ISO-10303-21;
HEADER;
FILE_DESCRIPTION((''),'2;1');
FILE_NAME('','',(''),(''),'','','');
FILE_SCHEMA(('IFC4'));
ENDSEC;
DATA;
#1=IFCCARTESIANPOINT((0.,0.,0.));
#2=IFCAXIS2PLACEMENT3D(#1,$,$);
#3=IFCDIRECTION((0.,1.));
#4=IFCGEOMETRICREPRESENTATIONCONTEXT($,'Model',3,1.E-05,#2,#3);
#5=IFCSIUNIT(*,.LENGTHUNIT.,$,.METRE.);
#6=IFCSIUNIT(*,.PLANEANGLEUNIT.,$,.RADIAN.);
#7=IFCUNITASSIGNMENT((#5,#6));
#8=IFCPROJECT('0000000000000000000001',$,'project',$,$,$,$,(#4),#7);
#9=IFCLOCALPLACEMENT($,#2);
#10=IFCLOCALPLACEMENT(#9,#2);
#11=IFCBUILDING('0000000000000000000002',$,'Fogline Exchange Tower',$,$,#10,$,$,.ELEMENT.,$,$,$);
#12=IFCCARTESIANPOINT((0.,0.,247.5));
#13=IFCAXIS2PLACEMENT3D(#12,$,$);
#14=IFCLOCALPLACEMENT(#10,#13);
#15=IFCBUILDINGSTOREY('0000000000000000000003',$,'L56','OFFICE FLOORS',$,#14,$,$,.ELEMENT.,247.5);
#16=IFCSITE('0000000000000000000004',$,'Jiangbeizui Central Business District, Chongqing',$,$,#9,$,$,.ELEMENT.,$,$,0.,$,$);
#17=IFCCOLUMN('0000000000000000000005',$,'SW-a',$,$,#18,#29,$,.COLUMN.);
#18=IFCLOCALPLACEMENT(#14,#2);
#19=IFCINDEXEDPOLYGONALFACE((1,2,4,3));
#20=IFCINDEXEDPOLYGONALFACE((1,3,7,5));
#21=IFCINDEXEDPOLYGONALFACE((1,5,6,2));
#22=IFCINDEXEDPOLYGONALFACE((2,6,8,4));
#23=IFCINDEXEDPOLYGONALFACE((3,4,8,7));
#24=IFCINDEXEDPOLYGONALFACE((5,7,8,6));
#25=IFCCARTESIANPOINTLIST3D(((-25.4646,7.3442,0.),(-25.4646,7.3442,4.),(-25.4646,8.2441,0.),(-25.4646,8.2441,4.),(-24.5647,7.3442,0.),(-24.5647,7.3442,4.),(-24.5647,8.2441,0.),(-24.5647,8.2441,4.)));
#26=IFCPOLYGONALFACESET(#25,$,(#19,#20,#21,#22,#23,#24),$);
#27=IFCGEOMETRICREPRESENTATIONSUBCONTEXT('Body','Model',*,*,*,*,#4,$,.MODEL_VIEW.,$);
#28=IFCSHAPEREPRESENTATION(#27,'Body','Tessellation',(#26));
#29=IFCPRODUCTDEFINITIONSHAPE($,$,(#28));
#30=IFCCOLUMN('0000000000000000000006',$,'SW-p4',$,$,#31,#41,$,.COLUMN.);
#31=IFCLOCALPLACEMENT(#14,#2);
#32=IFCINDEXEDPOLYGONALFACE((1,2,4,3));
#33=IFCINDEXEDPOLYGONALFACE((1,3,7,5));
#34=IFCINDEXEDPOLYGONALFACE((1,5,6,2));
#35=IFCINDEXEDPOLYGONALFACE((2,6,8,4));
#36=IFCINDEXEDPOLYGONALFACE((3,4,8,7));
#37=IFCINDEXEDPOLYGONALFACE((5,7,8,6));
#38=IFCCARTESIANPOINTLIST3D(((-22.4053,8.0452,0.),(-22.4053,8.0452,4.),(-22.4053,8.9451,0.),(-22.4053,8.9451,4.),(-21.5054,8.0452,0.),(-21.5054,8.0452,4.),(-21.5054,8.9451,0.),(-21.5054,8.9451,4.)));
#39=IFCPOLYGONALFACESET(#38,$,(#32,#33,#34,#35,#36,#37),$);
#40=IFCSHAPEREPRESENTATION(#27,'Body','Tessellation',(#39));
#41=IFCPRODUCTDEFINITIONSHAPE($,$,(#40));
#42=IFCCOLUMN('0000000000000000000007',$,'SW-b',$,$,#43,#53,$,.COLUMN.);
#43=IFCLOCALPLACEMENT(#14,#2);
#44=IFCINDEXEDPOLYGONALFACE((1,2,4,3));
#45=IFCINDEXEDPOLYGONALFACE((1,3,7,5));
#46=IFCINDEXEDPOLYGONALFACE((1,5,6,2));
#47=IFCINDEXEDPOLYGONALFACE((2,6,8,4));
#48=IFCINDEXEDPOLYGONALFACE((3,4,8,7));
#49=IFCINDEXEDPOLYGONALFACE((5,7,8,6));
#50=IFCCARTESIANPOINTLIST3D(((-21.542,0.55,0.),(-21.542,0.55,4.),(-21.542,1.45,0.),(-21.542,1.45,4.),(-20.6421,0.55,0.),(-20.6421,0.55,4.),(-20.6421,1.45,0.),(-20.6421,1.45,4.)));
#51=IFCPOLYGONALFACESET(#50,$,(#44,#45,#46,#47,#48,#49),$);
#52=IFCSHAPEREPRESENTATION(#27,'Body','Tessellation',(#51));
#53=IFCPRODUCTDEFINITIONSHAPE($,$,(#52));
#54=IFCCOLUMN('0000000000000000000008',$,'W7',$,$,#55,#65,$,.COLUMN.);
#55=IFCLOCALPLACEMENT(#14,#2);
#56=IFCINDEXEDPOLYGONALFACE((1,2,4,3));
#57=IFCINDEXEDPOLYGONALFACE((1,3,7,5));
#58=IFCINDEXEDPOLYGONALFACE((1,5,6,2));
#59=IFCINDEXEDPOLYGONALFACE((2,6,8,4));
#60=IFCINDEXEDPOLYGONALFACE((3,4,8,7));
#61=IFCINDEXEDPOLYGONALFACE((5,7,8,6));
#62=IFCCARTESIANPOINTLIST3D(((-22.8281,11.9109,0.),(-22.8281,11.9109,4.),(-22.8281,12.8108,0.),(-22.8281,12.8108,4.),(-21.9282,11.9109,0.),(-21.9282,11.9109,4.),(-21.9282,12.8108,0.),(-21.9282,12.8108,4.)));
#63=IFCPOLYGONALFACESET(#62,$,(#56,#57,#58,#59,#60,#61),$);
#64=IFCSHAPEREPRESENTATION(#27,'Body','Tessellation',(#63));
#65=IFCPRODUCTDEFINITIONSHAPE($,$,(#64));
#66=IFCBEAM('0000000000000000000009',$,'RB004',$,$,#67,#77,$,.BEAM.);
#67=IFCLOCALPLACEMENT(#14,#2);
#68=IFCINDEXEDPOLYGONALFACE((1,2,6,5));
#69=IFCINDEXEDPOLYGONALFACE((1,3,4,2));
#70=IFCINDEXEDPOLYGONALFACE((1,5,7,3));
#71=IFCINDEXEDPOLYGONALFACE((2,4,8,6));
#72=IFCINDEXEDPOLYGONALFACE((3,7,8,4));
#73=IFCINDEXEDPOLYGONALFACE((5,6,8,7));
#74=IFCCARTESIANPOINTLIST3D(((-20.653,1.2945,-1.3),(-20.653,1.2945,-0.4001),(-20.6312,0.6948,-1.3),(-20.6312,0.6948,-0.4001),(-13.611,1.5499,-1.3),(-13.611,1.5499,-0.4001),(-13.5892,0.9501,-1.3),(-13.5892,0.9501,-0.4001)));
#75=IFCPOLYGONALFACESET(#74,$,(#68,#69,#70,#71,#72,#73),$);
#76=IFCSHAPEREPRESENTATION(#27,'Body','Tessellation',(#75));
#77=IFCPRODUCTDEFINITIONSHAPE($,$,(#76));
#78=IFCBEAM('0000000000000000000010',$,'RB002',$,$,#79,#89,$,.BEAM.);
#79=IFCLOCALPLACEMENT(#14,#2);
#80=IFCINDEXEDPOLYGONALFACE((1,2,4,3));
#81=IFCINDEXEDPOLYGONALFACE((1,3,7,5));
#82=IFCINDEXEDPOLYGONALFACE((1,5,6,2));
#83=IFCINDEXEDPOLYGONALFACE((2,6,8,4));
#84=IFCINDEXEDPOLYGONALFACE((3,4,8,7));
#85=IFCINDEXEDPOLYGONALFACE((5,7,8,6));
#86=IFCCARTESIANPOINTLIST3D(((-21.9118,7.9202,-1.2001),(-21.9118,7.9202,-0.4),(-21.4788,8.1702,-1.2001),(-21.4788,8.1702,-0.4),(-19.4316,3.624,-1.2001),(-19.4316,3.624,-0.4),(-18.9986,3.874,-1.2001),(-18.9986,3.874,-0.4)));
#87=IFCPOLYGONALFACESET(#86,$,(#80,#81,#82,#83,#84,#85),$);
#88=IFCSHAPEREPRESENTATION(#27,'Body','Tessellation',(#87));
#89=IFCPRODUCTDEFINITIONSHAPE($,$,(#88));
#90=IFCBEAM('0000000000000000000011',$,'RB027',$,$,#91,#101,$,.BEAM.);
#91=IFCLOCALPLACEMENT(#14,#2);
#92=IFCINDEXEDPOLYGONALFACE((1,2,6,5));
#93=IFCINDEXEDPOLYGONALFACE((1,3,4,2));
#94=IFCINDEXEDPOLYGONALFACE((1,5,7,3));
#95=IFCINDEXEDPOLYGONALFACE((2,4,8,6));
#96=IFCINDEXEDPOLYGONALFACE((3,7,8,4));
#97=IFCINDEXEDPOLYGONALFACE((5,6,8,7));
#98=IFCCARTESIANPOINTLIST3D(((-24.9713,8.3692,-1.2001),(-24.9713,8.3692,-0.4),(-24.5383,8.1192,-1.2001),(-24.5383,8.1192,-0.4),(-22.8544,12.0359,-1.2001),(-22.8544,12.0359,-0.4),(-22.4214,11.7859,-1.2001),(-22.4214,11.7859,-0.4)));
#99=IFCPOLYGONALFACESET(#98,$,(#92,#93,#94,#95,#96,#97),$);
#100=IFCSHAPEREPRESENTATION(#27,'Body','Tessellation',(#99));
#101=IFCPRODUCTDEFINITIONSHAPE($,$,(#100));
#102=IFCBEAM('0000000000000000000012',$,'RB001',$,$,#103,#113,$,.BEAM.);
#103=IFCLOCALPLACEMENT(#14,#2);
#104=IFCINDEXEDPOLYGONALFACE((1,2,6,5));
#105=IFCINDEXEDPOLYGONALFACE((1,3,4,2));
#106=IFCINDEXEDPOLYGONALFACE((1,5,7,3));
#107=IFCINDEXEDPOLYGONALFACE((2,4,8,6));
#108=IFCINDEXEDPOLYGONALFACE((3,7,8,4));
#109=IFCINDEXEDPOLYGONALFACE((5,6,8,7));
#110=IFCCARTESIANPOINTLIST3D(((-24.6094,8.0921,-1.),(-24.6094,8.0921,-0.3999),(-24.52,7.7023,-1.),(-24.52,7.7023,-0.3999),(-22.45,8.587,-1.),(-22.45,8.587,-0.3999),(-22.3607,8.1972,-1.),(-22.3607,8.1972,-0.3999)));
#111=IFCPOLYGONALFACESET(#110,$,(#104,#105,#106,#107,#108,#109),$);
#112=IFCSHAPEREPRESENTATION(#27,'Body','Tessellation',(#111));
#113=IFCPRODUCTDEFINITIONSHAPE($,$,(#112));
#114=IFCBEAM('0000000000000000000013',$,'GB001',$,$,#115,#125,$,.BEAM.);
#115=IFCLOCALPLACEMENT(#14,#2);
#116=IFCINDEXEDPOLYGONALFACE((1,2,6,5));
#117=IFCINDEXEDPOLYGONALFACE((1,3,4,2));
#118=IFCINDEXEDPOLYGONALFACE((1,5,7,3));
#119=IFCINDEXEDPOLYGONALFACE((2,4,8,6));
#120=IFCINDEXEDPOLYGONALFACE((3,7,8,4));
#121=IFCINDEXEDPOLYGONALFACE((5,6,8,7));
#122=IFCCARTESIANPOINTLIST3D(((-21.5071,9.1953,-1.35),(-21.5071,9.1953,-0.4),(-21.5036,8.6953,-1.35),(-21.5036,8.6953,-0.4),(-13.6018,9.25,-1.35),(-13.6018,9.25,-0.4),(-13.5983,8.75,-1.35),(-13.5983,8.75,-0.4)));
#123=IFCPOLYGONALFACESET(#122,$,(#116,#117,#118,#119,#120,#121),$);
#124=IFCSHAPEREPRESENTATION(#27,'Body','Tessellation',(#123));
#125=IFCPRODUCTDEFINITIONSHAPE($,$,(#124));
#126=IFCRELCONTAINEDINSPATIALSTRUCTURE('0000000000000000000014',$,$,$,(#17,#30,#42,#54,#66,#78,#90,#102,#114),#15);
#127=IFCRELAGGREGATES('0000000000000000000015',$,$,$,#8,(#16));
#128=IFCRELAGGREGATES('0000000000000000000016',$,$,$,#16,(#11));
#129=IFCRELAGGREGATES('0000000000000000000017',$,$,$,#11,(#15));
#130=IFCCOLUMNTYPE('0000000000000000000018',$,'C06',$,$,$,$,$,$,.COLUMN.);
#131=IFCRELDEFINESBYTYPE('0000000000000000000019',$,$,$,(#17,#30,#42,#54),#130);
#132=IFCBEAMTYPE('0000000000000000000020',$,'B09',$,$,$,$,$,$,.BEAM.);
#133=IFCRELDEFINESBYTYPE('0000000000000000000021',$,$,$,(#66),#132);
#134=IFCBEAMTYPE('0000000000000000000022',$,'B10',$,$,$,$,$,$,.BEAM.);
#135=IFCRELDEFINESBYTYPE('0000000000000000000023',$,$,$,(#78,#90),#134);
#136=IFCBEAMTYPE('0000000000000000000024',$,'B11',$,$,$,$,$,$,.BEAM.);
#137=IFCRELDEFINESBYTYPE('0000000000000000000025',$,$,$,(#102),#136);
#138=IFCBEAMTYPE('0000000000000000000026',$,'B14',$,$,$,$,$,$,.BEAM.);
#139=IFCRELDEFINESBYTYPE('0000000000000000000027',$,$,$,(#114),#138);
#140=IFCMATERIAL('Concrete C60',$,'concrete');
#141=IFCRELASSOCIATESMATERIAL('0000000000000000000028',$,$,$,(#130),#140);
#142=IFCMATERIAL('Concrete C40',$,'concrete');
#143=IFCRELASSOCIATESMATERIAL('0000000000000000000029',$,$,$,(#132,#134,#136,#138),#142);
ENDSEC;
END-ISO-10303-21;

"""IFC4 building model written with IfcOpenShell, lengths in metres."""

from ifc_helpers import new_model, si_unit, direction, frame, origin, origin_2d, place, context, subcontext, project, spatial, rectangle, extrude, material, material_profile, profile_set, type_object, element, save


model = new_model("IFC4")

# Units and contexts
model_context = context("Model", 3, precision=1e-05, world=origin(), true_north=direction((0.0, 1.0)))
body_context = subcontext(model_context, "Body", "Model", "MODEL_VIEW")
ifc_project = project(units=[si_unit("LENGTHUNIT", "METRE"), si_unit("PLANEANGLEUNIT", "RADIAN")], contexts=[model_context])

# Site, building, storey
site_placement = place(None, origin())
site = spatial("IfcSite", under=ifc_project, at=site_placement, Name="Jiangbeizui Central Business District, Chongqing", CompositionType="ELEMENT", RefElevation=0.0)
building_placement = place(site_placement, origin())
building = spatial("IfcBuilding", under=site, at=building_placement, Name="Fogline Exchange Tower", CompositionType="ELEMENT")
storey_placement = place(building_placement, frame((0.0, 0.0, 247.5)))
storey = spatial("IfcBuildingStorey", under=building, at=storey_placement, Name="L56", Description="OFFICE FLOORS", CompositionType="ELEMENT", Elevation=247.5)

# Columns
ifc_material_1 = material(Name="Concrete C60", Category="concrete")
ifc_material_profile_1 = material_profile(ifc_material_1, rectangle(XDim=0.8999, YDim=0.8999, at=origin_2d()), Name="RC 900x900")
ifc_profile_set_1 = profile_set([ifc_material_profile_1], Name="Concrete C60")
column_type = type_object("IfcColumnType", Name="C06", PredefinedType="COLUMN", material=ifc_profile_set_1)
for number, where, z_axis, x_axis, name in (
    (1, (-25.0146, 7.7942, 0.0), (0.0, 0.0, 1.0), (1.0, 0.0, 0.0), "SW-a"),
    (2, (-21.9553, 8.4951, 0.0), (0.0, 0.0, 1.0), (1.0, 0.0, 0.0), "SW-p4"),
    (3, (-21.092, 1.0, 0.0), (0.0, 0.0, 1.0), (1.0, 0.0, 0.0), "SW-b"),
    (4, (-22.3782, 12.3608, 0.0), (0.0, 0.0, 1.0), (1.0, 0.0, 0.0), "W7"),
):
    element("IfcColumn", number, at=place(storey_placement, frame(where, z_axis=z_axis, x_axis=x_axis)), inside=storey, type_object=column_type, Name=name, PredefinedType="COLUMN", context=body_context, shape_type="SweptSolid", body=[
        extrude(rectangle(XDim=0.8999, YDim=0.8999, at=origin_2d()), origin(), (0.0, 0.0, 1.0), 4.0),
    ])

# Beams
ifc_material_2 = material(Name="Concrete C40", Category="concrete")
ifc_material_profile_2 = material_profile(ifc_material_2, rectangle(XDim=0.6001, YDim=0.8999, at=origin_2d()), Name="RC 600x900")
ifc_profile_set_2 = profile_set([ifc_material_profile_2], Name="Concrete C40")
beam_type_1 = type_object("IfcBeamType", Name="B09", PredefinedType="BEAM", material=ifc_profile_set_2)
beam_1_placement = place(storey_placement, frame((-20.6421, 0.9946, -0.8501), z_axis=(0.999343, 0.03624, 0.0), x_axis=(-0.03624, 0.999343, 0.0)))
element("IfcBeam", 5, at=beam_1_placement, inside=storey, type_object=beam_type_1, Name="RB004", PredefinedType="BEAM", context=body_context, shape_type="SweptSolid", body=[
    extrude(rectangle(XDim=0.6001, YDim=0.8999, at=origin_2d()), origin(), (0.0, 0.0, 1.0), 7.0466),
])
ifc_material_profile_3 = material_profile(ifc_material_2, rectangle(XDim=0.5, YDim=0.8, at=origin_2d()), Name="RC 500x800")
ifc_profile_set_3 = profile_set([ifc_material_profile_3], Name="Concrete C40")
beam_type_2 = type_object("IfcBeamType", Name="B10", PredefinedType="BEAM", material=ifc_profile_set_3)
beam_2_placement = place(storey_placement, frame((-21.6953, 8.0452, -0.8), z_axis=(0.499977, -0.866039, 0.0), x_axis=(0.866039, 0.499977, 0.0)))
element("IfcBeam", 6, at=beam_2_placement, inside=storey, type_object=beam_type_2, Name="RB002", PredefinedType="BEAM", context=body_context, shape_type="SweptSolid", body=[
    extrude(rectangle(XDim=0.5, YDim=0.8, at=origin_2d()), origin(), (0.0, 0.0, 1.0), 4.9607),
])
beam_3_placement = place(storey_placement, frame((-22.6379, 11.9109, -0.8), z_axis=(-0.49999, -0.866031, 0.0), x_axis=(0.866031, -0.49999, 0.0)))
element("IfcBeam", 7, at=beam_3_placement, inside=storey, type_object=beam_type_2, Name="RB027", PredefinedType="BEAM", context=body_context, shape_type="SweptSolid", body=[
    extrude(rectangle(XDim=0.5, YDim=0.8, at=origin_2d()), origin(), (0.0, 0.0, 1.0), 4.2339),
])
ifc_material_profile_4 = material_profile(ifc_material_2, rectangle(XDim=0.3999, YDim=0.6001, at=origin_2d()), Name="RC 400x600")
ifc_profile_set_4 = profile_set([ifc_material_profile_4], Name="Concrete C40")
beam_type_3 = type_object("IfcBeamType", Name="B11", PredefinedType="BEAM", material=ifc_profile_set_4)
beam_4_placement = place(storey_placement, frame((-24.5647, 7.8972, -0.7), z_axis=(0.974732, 0.223378, 0.0), x_axis=(-0.223378, 0.974732, 0.0)))
element("IfcBeam", 8, at=beam_4_placement, inside=storey, type_object=beam_type_3, Name="RB001", PredefinedType="BEAM", context=body_context, shape_type="SweptSolid", body=[
    extrude(rectangle(XDim=0.3999, YDim=0.6001, at=origin_2d()), origin(), (0.0, 0.0, 1.0), 2.2153),
])
ifc_material_profile_5 = material_profile(ifc_material_2, rectangle(XDim=0.5, YDim=0.95, at=origin_2d()), Name="RC 500x950")
ifc_profile_set_5 = profile_set([ifc_material_profile_5], Name="Concrete C40")
beam_type_4 = type_object("IfcBeamType", Name="B14", PredefinedType="BEAM", material=ifc_profile_set_5)
beam_5_placement = place(storey_placement, frame((-21.5054, 8.9453, -0.875), z_axis=(0.999976, 0.006918, 0.0), x_axis=(-0.006918, 0.999976, 0.0)))
element("IfcBeam", 9, at=beam_5_placement, inside=storey, type_object=beam_type_4, Name="GB001", PredefinedType="BEAM", context=body_context, shape_type="SweptSolid", body=[
    extrude(rectangle(XDim=0.5, YDim=0.95, at=origin_2d()), origin(), (0.0, 0.0, 1.0), 7.9055),
])

save(model, "model.ifc")
